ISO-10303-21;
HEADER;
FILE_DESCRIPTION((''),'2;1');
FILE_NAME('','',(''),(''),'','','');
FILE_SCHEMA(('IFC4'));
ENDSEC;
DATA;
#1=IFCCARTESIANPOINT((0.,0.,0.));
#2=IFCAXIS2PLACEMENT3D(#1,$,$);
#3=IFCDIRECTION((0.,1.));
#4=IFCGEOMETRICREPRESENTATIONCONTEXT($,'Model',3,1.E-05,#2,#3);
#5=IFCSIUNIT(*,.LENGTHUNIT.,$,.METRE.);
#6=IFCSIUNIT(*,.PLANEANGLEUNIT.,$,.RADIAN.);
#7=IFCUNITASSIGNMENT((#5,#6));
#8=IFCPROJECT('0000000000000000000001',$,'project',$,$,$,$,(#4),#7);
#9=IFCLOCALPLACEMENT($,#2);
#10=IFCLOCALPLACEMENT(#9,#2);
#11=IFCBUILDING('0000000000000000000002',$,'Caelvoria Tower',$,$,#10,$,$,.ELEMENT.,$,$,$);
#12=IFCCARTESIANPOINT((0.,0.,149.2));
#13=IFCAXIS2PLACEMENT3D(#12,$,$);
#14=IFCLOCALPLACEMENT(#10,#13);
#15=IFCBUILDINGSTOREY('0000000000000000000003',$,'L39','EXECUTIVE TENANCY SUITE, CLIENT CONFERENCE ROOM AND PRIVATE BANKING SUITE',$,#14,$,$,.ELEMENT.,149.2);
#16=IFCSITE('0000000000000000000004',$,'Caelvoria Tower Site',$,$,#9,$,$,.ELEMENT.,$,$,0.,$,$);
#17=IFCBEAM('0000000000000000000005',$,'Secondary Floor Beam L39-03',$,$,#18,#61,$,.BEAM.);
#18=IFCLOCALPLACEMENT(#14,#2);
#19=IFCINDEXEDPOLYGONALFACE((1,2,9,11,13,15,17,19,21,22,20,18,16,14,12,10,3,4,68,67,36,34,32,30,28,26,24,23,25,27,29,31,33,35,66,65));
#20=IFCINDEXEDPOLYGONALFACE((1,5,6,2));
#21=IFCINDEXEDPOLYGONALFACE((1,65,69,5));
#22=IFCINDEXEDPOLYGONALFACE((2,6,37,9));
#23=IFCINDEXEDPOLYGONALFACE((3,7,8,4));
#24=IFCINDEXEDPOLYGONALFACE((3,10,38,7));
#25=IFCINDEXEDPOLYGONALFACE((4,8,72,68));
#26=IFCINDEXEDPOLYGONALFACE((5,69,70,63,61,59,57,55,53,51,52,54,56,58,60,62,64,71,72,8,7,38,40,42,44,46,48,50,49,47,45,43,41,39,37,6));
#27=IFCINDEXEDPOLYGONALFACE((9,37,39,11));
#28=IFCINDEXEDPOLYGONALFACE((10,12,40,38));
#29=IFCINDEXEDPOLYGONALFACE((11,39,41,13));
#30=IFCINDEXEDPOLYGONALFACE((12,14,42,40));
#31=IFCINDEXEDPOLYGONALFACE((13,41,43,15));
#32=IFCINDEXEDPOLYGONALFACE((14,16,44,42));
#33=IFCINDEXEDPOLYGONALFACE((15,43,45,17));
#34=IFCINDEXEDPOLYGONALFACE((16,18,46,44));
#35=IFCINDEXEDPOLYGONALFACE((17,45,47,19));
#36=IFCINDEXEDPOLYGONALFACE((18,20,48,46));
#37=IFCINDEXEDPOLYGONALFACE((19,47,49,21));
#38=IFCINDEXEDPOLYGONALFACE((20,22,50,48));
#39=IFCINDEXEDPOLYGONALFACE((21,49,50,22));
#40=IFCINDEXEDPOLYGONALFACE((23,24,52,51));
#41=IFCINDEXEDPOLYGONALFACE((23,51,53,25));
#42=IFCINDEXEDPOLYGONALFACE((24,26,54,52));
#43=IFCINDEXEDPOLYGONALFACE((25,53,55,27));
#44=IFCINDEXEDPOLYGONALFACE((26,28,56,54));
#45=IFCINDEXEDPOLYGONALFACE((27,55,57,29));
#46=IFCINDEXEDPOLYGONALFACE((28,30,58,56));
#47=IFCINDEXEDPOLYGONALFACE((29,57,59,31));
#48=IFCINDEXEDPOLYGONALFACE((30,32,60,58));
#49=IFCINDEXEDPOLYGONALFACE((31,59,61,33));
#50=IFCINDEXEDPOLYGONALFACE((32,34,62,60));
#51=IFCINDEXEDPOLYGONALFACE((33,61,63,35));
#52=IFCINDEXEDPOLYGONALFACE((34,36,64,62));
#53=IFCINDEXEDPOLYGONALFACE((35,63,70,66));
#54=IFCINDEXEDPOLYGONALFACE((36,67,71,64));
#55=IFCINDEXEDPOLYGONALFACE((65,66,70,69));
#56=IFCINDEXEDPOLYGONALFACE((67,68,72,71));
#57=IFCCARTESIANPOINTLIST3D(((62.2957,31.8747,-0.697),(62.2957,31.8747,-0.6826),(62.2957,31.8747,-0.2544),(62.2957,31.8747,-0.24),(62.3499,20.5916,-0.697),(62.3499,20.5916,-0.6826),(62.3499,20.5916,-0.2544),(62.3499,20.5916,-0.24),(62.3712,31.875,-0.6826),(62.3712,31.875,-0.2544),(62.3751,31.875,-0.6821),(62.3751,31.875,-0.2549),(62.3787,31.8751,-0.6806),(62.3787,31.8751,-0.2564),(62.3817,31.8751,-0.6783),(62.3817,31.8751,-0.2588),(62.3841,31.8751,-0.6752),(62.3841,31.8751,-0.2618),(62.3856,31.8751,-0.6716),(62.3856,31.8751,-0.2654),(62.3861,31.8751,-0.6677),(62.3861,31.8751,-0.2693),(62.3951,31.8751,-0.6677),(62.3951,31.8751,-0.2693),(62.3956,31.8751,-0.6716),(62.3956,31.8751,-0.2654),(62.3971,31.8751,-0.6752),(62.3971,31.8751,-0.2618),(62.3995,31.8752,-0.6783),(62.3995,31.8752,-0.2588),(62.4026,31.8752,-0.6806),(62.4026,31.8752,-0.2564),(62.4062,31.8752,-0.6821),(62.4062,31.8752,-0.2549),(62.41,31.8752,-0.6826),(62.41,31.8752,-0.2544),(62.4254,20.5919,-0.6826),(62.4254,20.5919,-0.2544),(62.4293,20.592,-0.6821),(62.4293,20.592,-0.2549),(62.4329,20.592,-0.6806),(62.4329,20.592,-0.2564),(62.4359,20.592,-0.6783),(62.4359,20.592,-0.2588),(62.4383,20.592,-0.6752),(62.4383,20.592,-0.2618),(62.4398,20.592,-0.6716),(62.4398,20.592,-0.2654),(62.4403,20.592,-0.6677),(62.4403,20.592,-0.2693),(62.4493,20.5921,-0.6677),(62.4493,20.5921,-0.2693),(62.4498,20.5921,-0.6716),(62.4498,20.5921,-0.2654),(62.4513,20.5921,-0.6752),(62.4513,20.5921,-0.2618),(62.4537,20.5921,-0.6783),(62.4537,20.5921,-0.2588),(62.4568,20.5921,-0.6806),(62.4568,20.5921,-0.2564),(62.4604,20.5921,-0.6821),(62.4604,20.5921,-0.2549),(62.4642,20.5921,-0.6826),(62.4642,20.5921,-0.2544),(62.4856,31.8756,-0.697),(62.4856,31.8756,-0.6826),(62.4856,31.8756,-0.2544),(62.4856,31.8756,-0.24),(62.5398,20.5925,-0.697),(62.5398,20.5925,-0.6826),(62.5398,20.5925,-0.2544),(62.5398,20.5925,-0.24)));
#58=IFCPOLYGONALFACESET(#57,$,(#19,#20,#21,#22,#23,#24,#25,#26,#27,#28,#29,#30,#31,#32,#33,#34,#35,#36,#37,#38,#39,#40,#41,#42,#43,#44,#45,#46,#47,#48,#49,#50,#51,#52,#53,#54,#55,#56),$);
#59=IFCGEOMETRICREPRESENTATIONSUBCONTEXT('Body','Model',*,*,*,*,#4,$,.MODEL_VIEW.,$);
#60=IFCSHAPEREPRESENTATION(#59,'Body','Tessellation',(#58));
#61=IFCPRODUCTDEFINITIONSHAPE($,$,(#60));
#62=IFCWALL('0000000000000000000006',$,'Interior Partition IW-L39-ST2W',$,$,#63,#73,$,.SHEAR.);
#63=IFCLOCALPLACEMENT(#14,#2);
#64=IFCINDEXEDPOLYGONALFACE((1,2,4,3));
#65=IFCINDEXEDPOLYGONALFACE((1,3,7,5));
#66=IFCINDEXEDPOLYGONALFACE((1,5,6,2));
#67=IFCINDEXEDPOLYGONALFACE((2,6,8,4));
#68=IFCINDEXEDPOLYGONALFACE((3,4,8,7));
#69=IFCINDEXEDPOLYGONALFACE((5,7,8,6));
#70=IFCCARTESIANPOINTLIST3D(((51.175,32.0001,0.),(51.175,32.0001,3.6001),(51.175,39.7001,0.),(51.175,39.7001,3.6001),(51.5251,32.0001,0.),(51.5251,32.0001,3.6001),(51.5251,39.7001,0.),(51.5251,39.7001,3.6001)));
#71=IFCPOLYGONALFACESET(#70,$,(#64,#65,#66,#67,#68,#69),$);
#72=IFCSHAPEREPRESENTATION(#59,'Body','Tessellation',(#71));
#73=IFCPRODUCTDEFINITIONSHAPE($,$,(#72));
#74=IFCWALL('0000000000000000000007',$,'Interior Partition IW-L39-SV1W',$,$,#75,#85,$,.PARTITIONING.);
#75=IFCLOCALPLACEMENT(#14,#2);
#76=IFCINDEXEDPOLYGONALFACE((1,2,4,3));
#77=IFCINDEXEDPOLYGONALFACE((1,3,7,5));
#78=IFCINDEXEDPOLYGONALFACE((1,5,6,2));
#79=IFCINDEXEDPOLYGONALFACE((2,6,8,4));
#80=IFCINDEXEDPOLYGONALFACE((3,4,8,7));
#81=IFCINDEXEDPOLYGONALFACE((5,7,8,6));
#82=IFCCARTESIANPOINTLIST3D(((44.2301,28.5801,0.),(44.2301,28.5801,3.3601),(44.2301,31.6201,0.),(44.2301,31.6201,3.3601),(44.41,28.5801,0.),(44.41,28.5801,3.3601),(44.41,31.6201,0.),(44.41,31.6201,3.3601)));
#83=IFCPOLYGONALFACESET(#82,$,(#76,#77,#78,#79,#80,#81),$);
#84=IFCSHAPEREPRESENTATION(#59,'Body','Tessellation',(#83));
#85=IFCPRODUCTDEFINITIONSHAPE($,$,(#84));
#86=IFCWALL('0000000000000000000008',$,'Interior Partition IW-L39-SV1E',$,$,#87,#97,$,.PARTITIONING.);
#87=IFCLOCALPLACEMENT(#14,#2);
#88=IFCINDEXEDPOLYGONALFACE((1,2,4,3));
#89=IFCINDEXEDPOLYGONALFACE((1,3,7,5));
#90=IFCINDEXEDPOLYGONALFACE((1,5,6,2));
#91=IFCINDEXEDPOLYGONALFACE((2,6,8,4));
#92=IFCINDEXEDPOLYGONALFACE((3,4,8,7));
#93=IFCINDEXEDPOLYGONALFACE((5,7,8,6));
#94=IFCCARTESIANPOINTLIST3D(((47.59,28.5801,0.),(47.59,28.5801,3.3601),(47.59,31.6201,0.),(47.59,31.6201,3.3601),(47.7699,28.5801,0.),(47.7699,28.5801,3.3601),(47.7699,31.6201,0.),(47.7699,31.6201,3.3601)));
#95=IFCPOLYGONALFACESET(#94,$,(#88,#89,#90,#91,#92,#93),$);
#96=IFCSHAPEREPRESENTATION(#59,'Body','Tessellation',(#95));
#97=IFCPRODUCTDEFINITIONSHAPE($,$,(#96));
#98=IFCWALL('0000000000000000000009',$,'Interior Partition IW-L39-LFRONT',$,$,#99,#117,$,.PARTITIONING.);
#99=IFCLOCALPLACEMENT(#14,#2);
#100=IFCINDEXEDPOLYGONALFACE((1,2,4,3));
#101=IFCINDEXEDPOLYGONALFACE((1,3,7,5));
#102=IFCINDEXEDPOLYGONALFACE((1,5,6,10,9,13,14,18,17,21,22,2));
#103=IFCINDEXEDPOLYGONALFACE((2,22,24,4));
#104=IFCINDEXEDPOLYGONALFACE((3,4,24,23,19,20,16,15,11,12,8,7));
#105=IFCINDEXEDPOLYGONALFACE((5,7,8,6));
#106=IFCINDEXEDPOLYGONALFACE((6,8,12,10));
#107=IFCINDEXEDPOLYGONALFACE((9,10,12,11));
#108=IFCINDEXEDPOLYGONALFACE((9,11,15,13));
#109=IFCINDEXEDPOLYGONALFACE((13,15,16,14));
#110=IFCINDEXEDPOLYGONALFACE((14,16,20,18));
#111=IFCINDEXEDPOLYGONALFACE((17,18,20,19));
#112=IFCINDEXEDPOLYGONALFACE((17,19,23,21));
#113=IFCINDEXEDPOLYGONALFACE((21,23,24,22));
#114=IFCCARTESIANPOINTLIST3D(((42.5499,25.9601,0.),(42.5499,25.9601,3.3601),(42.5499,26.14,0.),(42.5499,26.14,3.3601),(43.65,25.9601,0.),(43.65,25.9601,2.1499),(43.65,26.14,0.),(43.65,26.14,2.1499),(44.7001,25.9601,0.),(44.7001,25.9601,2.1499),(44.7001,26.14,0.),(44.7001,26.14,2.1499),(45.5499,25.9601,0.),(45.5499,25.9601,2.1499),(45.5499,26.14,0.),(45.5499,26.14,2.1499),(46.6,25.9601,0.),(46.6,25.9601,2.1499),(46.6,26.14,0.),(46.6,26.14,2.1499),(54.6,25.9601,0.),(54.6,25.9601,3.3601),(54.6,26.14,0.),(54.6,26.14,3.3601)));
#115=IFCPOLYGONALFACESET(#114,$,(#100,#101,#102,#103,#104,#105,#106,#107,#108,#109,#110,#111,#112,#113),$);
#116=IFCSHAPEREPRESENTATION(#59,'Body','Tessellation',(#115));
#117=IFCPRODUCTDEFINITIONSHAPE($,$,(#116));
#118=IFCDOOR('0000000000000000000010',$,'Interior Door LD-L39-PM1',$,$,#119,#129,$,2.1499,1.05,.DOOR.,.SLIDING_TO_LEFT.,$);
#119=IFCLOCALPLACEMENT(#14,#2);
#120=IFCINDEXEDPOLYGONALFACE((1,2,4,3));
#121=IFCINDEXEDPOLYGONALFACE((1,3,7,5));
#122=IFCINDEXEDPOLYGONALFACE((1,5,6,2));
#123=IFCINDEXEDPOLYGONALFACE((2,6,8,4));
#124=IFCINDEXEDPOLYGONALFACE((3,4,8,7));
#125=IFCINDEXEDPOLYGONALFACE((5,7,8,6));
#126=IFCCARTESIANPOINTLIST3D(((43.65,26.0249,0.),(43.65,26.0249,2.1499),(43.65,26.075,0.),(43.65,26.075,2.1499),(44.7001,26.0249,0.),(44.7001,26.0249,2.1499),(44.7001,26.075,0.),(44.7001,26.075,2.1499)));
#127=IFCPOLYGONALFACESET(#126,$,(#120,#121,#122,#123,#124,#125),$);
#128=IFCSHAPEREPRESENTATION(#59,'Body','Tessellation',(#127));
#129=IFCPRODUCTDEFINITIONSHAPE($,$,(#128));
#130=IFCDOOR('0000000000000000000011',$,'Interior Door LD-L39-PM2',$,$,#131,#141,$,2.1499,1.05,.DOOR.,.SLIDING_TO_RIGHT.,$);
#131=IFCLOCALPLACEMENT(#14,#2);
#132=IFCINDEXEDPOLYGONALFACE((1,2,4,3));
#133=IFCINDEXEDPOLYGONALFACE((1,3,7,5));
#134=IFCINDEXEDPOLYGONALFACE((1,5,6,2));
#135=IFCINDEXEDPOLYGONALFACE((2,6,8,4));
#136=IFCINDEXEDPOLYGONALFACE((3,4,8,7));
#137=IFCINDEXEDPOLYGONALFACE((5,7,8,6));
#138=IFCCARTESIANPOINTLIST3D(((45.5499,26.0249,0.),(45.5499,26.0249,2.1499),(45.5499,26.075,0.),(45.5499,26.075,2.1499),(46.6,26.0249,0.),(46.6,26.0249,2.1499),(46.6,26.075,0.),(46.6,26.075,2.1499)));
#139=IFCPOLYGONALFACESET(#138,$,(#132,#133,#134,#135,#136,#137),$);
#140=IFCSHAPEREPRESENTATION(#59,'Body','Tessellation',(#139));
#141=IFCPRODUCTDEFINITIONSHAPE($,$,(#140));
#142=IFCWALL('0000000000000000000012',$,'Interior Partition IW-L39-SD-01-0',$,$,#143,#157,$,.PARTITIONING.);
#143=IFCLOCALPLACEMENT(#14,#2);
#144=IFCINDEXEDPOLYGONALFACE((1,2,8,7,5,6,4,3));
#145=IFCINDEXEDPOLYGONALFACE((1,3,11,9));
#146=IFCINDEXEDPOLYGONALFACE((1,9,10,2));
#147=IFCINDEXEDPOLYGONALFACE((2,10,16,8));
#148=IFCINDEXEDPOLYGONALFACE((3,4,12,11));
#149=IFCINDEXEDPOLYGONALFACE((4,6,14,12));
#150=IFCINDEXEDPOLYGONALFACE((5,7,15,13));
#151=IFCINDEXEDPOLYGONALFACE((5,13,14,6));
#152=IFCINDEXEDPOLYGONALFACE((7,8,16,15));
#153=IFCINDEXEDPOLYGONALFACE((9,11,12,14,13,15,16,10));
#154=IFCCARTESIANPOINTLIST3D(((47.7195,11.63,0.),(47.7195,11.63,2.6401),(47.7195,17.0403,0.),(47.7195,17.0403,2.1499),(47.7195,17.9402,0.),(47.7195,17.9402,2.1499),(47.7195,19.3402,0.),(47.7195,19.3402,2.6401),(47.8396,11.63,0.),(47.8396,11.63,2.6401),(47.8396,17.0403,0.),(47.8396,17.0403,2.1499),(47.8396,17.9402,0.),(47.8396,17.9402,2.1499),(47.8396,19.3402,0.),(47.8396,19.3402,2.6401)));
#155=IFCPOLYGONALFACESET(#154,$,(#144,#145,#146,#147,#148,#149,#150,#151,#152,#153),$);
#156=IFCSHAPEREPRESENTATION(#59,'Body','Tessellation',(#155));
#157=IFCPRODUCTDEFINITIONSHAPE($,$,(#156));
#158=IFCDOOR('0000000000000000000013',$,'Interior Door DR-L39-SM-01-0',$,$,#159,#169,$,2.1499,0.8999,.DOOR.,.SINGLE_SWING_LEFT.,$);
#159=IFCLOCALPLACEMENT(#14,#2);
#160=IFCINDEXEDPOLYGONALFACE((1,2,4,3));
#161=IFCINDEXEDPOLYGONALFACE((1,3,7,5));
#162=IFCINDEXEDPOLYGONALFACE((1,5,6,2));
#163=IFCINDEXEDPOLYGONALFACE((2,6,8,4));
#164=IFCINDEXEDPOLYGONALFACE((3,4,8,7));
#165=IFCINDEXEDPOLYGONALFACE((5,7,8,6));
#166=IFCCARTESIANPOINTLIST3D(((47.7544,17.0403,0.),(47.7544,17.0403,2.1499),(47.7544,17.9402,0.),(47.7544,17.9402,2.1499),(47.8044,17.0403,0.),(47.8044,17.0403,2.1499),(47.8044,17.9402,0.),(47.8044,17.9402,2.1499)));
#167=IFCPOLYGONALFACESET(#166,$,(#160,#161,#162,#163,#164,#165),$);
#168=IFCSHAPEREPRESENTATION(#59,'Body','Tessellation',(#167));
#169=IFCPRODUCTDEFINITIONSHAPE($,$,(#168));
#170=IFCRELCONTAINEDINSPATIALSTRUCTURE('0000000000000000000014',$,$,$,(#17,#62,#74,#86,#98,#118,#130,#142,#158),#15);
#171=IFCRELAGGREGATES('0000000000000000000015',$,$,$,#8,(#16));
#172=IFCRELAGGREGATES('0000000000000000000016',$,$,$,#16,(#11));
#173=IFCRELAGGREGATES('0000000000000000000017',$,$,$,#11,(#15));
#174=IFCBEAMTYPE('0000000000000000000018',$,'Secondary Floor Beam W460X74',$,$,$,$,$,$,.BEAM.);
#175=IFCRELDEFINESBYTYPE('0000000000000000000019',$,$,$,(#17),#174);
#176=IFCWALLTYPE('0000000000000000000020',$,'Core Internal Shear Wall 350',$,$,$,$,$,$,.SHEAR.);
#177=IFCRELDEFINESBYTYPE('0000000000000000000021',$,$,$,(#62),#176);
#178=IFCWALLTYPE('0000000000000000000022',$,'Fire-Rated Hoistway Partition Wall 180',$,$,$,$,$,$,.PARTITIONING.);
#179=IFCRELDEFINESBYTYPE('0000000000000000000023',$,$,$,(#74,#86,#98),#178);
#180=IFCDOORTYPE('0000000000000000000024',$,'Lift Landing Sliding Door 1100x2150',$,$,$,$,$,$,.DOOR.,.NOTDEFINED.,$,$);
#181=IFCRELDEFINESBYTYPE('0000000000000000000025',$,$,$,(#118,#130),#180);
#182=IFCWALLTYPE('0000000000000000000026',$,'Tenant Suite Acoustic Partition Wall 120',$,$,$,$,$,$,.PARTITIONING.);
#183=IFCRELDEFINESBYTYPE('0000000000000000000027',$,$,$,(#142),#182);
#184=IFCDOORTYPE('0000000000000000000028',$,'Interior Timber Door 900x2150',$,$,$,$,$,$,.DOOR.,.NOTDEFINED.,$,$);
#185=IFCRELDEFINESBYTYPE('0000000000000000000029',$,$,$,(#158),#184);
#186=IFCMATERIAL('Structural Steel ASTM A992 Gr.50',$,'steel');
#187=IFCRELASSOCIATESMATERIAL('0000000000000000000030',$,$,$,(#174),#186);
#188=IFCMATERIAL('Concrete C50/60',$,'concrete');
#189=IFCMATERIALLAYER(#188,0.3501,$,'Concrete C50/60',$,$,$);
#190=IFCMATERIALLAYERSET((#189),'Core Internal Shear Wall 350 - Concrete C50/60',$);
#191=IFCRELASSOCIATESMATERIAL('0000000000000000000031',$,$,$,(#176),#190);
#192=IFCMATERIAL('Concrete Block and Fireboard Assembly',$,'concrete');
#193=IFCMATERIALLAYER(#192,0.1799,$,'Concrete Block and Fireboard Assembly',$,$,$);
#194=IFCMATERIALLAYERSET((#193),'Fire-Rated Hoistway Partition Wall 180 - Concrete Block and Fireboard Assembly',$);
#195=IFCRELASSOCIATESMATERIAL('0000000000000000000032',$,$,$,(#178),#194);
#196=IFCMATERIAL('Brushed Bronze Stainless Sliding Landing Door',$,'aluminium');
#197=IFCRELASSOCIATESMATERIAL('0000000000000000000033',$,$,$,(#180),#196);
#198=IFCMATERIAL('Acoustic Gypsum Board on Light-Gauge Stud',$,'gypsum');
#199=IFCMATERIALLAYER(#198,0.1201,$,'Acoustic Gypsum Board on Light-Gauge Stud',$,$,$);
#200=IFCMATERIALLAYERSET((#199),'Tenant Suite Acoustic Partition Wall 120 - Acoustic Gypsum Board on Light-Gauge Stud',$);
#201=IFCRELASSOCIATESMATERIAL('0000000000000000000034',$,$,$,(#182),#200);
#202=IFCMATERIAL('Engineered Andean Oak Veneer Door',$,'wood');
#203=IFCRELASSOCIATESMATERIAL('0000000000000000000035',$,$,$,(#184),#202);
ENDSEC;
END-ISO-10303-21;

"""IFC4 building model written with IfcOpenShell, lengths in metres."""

from ifc_helpers import new_model, si_unit, direction, frame, frame_2d, origin, origin_2d, place, context, subcontext, project, spatial, rectangle, i_section, extrude, material, layer, layer_set, material_profile, profile_set, type_object, element, fill, save


model = new_model("IFC4")

# Units and contexts
model_context = context("Model", 3, precision=1e-05, world=origin(), true_north=direction((0.0, 1.0)))
body_context = subcontext(model_context, "Body", "Model", "MODEL_VIEW")
ifc_project = project(units=[si_unit("LENGTHUNIT", "METRE"), si_unit("PLANEANGLEUNIT", "RADIAN")], contexts=[model_context])

# Site, building, storey
site_placement = place(None, origin())
site = spatial("IfcSite", under=ifc_project, at=site_placement, Name="Caelvoria Tower Site", CompositionType="ELEMENT", RefElevation=0.0)
building_placement = place(site_placement, origin())
building = spatial("IfcBuilding", under=site, at=building_placement, Name="Caelvoria Tower", CompositionType="ELEMENT")
storey_placement = place(building_placement, frame((0.0, 0.0, 149.2)))
storey = spatial("IfcBuildingStorey", under=building, at=storey_placement, Name="L39", Description="EXECUTIVE TENANCY SUITE, CLIENT CONFERENCE ROOM AND PRIVATE BANKING SUITE", CompositionType="ELEMENT", Elevation=149.2)

# Shared definitions
ifc_material_1 = material(Name="Structural Steel ASTM A992 Gr.50", Category="steel")

# Beam
ifc_material_profile_1 = material_profile(ifc_material_1, i_section(OverallWidth=0.1899, OverallDepth=0.457, WebThickness=0.009, FlangeThickness=0.0144, FilletRadius=0.0149, at=origin_2d()), Name="Structural Steel ASTM A992 Gr.50")
ifc_profile_set_1 = profile_set([ifc_material_profile_1], Name="W460X74 - Structural Steel ASTM A992 Gr.50")
beam_type_1 = type_object("IfcBeamType", Name="Secondary Floor Beam W460X74", PredefinedType="BEAM", material=ifc_profile_set_1)
beam_1_placement = place(storey_placement, frame((62.4448, 20.592, -0.4685), z_axis=(-0.004804, 0.999988, 0.0), x_axis=(-0.999988, -0.004804, 0.0)))
element("IfcBeam", 1, at=beam_1_placement, inside=storey, type_object=beam_type_1, Name="Secondary Floor Beam L39-03", PredefinedType="BEAM", context=body_context, shape_type="SweptSolid", body=[
    extrude(i_section(OverallWidth=0.1899, OverallDepth=0.457, WebThickness=0.009, FlangeThickness=0.0144, FilletRadius=0.0149, at=origin_2d()), origin(), (0.0, 0.0, 1.0), 11.2832),
])

# Walls
ifc_material_2 = material(Name="Concrete C50/60", Category="concrete")
ifc_layer_1 = layer(ifc_material_2, 0.3501, Name="Concrete C50/60")
ifc_layer_set_1 = layer_set([ifc_layer_1], Name="Core Internal Shear Wall 350 - Concrete C50/60")
wall_type_1 = type_object("IfcWallType", Name="Core Internal Shear Wall 350", PredefinedType="SHEAR", material=ifc_layer_set_1)
wall_1_placement = place(storey_placement, frame((51.3501, 32.0, 0.0), z_axis=(0.0, 0.0, 1.0), x_axis=(0.0, 1.0, 0.0)))
element("IfcWall", 2, at=wall_1_placement, inside=storey, type_object=wall_type_1, Name="Interior Partition IW-L39-ST2W", PredefinedType="SHEAR", context=body_context, shape_type="SweptSolid", body=[
    extrude(rectangle(XDim=7.7, YDim=0.3501, at=frame_2d((3.8501, 0.0))), origin(), (0.0, 0.0, 1.0), 3.6001),
])
ifc_material_3 = material(Name="Concrete Block and Fireboard Assembly", Category="concrete")
ifc_layer_2 = layer(ifc_material_3, 0.1799, Name="Concrete Block and Fireboard Assembly")
ifc_layer_set_2 = layer_set([ifc_layer_2], Name="Fire-Rated Hoistway Partition Wall 180 - Concrete Block and Fireboard Assembly")
wall_type_2 = type_object("IfcWallType", Name="Fire-Rated Hoistway Partition Wall 180", PredefinedType="PARTITIONING", material=ifc_layer_set_2)
for number, where, z_axis, x_axis, name in (
    (3, (44.3201, 28.5801, 0.0), (0.0, 0.0, 1.0), (0.0, 1.0, 0.0), "Interior Partition IW-L39-SV1W"),
    (4, (47.6799, 28.5801, 0.0), (0.0, 0.0, 1.0), (0.0, 1.0, 0.0), "Interior Partition IW-L39-SV1E"),
):
    element("IfcWall", number, at=place(storey_placement, frame(where, z_axis=z_axis, x_axis=x_axis)), inside=storey, type_object=wall_type_2, Name=name, PredefinedType="PARTITIONING", context=body_context, shape_type="SweptSolid", body=[
        extrude(rectangle(XDim=3.04, YDim=0.1799, at=frame_2d((1.52, 0.0))), origin(), (0.0, 0.0, 1.0), 3.3601),
    ])

# Wall, openings, doors
wall_2_placement = place(storey_placement, frame((42.55, 26.05, 0.0), z_axis=(0.0, 0.0, 1.0), x_axis=(1.0, 0.0, 0.0)))
wall_2 = element("IfcWall", 5, at=wall_2_placement, inside=storey, type_object=wall_type_2, Name="Interior Partition IW-L39-LFRONT", PredefinedType="PARTITIONING", context=body_context, shape_type="SweptSolid", body=[
    extrude(rectangle(XDim=12.05, YDim=0.1799, at=frame_2d((6.0249, 0.0))), origin(), (0.0, 0.0, 1.0), 3.3601),
])
opening_1_placement = place(wall_2_placement, frame((1.1001, 0.0, 0.0)))
opening_1 = element("IfcOpeningElement", 6, at=opening_1_placement, cuts=wall_2, PredefinedType="OPENING", context=body_context, shape_type="SweptSolid", body=[
    extrude(rectangle(XDim=1.05, YDim=2.1499, at=frame_2d((0.5249, 1.075))), frame((0.0, 0.0999, 0.0), z_axis=(0.0, -1.0, 0.0), x_axis=(1.0, 0.0, 0.0)), (0.0, 0.0, 1.0), 0.2),
])
opening_2_placement = place(wall_2_placement, frame((3.0, 0.0, 0.0)))
opening_2 = element("IfcOpeningElement", 7, at=opening_2_placement, cuts=wall_2, PredefinedType="OPENING", context=body_context, shape_type="SweptSolid", body=[
    extrude(rectangle(XDim=1.05, YDim=2.1499, at=frame_2d((0.5249, 1.075))), frame((0.0, 0.0999, 0.0), z_axis=(0.0, -1.0, 0.0), x_axis=(1.0, 0.0, 0.0)), (0.0, 0.0, 1.0), 0.2),
])
ifc_material_4 = material(Name="Brushed Bronze Stainless Sliding Landing Door", Category="aluminium")
door_type_1 = type_object("IfcDoorType", Name="Lift Landing Sliding Door 1100x2150", OperationType="NOTDEFINED", PredefinedType="DOOR", material=ifc_material_4)
door_1_placement = place(opening_1_placement, origin())
door_1 = element("IfcDoor", 8, at=door_1_placement, inside=storey, type_object=door_type_1, Name="Interior Door LD-L39-PM1", OperationType="SLIDING_TO_LEFT", OverallHeight=2.1499, OverallWidth=1.05, PredefinedType="DOOR", context=body_context, shape_type="SweptSolid", body=[
    extrude(rectangle(XDim=1.05, YDim=2.1499, at=frame_2d((0.5249, 1.075))), frame((0.0, 0.0249, 0.0), z_axis=(0.0, -1.0, 0.0), x_axis=(1.0, 0.0, 0.0)), (0.0, 0.0, 1.0), 0.05),
])
fill(opening_1, door_1)
door_2_placement = place(opening_2_placement, origin())
door_2 = element("IfcDoor", 9, at=door_2_placement, inside=storey, type_object=door_type_1, Name="Interior Door LD-L39-PM2", OperationType="SLIDING_TO_RIGHT", OverallHeight=2.1499, OverallWidth=1.05, PredefinedType="DOOR", context=body_context, shape_type="SweptSolid", body=[
    extrude(rectangle(XDim=1.05, YDim=2.1499, at=frame_2d((0.5249, 1.075))), frame((0.0, 0.0249, 0.0), z_axis=(0.0, -1.0, 0.0), x_axis=(1.0, 0.0, 0.0)), (0.0, 0.0, 1.0), 0.05),
])
fill(opening_2, door_2)

# Wall, opening, door
ifc_material_5 = material(Name="Acoustic Gypsum Board on Light-Gauge Stud", Category="gypsum")
ifc_layer_3 = layer(ifc_material_5, 0.1201, Name="Acoustic Gypsum Board on Light-Gauge Stud")
ifc_layer_set_3 = layer_set([ifc_layer_3], Name="Tenant Suite Acoustic Partition Wall 120 - Acoustic Gypsum Board on Light-Gauge Stud")
wall_type_3 = type_object("IfcWallType", Name="Tenant Suite Acoustic Partition Wall 120", PredefinedType="PARTITIONING", material=ifc_layer_set_3)
wall_3_placement = place(storey_placement, frame((47.7795, 19.3401, 0.0), z_axis=(0.0, 0.0, 1.0), x_axis=(0.0, -1.0, 0.0)))
wall_3 = element("IfcWall", 10, at=wall_3_placement, inside=storey, type_object=wall_type_3, Name="Interior Partition IW-L39-SD-01-0", PredefinedType="PARTITIONING", context=body_context, shape_type="SweptSolid", body=[
    extrude(rectangle(XDim=7.7102, YDim=0.1201, at=frame_2d((3.855, 0.0))), origin(), (0.0, 0.0, 1.0), 2.6401),
])
opening_3_placement = place(wall_3_placement, frame((1.3999, 0.0, 0.0)))
opening_3 = element("IfcOpeningElement", 11, at=opening_3_placement, cuts=wall_3, PredefinedType="OPENING", context=body_context, shape_type="SweptSolid", body=[
    extrude(rectangle(XDim=0.8999, YDim=2.1499, at=frame_2d((0.45, 1.075))), frame((0.0, 0.0701, 0.0), z_axis=(0.0, -1.0, 0.0), x_axis=(1.0, 0.0, 0.0)), (0.0, 0.0, 1.0), 0.1401),
])
ifc_material_6 = material(Name="Engineered Andean Oak Veneer Door", Category="wood")
door_type_2 = type_object("IfcDoorType", Name="Interior Timber Door 900x2150", OperationType="NOTDEFINED", PredefinedType="DOOR", material=ifc_material_6)
door_3_placement = place(opening_3_placement, origin())
door_3 = element("IfcDoor", 12, at=door_3_placement, inside=storey, type_object=door_type_2, Name="Interior Door DR-L39-SM-01-0", OperationType="SINGLE_SWING_LEFT", OverallHeight=2.1499, OverallWidth=0.8999, PredefinedType="DOOR", context=body_context, shape_type="SweptSolid", body=[
    extrude(rectangle(XDim=0.8999, YDim=2.1499, at=frame_2d((0.45, 1.075))), frame((0.0, 0.0249, 0.0), z_axis=(0.0, -1.0, 0.0), x_axis=(1.0, 0.0, 0.0)), (0.0, 0.0, 1.0), 0.05),
])
fill(opening_3, door_3)

save(model, "model.ifc")
